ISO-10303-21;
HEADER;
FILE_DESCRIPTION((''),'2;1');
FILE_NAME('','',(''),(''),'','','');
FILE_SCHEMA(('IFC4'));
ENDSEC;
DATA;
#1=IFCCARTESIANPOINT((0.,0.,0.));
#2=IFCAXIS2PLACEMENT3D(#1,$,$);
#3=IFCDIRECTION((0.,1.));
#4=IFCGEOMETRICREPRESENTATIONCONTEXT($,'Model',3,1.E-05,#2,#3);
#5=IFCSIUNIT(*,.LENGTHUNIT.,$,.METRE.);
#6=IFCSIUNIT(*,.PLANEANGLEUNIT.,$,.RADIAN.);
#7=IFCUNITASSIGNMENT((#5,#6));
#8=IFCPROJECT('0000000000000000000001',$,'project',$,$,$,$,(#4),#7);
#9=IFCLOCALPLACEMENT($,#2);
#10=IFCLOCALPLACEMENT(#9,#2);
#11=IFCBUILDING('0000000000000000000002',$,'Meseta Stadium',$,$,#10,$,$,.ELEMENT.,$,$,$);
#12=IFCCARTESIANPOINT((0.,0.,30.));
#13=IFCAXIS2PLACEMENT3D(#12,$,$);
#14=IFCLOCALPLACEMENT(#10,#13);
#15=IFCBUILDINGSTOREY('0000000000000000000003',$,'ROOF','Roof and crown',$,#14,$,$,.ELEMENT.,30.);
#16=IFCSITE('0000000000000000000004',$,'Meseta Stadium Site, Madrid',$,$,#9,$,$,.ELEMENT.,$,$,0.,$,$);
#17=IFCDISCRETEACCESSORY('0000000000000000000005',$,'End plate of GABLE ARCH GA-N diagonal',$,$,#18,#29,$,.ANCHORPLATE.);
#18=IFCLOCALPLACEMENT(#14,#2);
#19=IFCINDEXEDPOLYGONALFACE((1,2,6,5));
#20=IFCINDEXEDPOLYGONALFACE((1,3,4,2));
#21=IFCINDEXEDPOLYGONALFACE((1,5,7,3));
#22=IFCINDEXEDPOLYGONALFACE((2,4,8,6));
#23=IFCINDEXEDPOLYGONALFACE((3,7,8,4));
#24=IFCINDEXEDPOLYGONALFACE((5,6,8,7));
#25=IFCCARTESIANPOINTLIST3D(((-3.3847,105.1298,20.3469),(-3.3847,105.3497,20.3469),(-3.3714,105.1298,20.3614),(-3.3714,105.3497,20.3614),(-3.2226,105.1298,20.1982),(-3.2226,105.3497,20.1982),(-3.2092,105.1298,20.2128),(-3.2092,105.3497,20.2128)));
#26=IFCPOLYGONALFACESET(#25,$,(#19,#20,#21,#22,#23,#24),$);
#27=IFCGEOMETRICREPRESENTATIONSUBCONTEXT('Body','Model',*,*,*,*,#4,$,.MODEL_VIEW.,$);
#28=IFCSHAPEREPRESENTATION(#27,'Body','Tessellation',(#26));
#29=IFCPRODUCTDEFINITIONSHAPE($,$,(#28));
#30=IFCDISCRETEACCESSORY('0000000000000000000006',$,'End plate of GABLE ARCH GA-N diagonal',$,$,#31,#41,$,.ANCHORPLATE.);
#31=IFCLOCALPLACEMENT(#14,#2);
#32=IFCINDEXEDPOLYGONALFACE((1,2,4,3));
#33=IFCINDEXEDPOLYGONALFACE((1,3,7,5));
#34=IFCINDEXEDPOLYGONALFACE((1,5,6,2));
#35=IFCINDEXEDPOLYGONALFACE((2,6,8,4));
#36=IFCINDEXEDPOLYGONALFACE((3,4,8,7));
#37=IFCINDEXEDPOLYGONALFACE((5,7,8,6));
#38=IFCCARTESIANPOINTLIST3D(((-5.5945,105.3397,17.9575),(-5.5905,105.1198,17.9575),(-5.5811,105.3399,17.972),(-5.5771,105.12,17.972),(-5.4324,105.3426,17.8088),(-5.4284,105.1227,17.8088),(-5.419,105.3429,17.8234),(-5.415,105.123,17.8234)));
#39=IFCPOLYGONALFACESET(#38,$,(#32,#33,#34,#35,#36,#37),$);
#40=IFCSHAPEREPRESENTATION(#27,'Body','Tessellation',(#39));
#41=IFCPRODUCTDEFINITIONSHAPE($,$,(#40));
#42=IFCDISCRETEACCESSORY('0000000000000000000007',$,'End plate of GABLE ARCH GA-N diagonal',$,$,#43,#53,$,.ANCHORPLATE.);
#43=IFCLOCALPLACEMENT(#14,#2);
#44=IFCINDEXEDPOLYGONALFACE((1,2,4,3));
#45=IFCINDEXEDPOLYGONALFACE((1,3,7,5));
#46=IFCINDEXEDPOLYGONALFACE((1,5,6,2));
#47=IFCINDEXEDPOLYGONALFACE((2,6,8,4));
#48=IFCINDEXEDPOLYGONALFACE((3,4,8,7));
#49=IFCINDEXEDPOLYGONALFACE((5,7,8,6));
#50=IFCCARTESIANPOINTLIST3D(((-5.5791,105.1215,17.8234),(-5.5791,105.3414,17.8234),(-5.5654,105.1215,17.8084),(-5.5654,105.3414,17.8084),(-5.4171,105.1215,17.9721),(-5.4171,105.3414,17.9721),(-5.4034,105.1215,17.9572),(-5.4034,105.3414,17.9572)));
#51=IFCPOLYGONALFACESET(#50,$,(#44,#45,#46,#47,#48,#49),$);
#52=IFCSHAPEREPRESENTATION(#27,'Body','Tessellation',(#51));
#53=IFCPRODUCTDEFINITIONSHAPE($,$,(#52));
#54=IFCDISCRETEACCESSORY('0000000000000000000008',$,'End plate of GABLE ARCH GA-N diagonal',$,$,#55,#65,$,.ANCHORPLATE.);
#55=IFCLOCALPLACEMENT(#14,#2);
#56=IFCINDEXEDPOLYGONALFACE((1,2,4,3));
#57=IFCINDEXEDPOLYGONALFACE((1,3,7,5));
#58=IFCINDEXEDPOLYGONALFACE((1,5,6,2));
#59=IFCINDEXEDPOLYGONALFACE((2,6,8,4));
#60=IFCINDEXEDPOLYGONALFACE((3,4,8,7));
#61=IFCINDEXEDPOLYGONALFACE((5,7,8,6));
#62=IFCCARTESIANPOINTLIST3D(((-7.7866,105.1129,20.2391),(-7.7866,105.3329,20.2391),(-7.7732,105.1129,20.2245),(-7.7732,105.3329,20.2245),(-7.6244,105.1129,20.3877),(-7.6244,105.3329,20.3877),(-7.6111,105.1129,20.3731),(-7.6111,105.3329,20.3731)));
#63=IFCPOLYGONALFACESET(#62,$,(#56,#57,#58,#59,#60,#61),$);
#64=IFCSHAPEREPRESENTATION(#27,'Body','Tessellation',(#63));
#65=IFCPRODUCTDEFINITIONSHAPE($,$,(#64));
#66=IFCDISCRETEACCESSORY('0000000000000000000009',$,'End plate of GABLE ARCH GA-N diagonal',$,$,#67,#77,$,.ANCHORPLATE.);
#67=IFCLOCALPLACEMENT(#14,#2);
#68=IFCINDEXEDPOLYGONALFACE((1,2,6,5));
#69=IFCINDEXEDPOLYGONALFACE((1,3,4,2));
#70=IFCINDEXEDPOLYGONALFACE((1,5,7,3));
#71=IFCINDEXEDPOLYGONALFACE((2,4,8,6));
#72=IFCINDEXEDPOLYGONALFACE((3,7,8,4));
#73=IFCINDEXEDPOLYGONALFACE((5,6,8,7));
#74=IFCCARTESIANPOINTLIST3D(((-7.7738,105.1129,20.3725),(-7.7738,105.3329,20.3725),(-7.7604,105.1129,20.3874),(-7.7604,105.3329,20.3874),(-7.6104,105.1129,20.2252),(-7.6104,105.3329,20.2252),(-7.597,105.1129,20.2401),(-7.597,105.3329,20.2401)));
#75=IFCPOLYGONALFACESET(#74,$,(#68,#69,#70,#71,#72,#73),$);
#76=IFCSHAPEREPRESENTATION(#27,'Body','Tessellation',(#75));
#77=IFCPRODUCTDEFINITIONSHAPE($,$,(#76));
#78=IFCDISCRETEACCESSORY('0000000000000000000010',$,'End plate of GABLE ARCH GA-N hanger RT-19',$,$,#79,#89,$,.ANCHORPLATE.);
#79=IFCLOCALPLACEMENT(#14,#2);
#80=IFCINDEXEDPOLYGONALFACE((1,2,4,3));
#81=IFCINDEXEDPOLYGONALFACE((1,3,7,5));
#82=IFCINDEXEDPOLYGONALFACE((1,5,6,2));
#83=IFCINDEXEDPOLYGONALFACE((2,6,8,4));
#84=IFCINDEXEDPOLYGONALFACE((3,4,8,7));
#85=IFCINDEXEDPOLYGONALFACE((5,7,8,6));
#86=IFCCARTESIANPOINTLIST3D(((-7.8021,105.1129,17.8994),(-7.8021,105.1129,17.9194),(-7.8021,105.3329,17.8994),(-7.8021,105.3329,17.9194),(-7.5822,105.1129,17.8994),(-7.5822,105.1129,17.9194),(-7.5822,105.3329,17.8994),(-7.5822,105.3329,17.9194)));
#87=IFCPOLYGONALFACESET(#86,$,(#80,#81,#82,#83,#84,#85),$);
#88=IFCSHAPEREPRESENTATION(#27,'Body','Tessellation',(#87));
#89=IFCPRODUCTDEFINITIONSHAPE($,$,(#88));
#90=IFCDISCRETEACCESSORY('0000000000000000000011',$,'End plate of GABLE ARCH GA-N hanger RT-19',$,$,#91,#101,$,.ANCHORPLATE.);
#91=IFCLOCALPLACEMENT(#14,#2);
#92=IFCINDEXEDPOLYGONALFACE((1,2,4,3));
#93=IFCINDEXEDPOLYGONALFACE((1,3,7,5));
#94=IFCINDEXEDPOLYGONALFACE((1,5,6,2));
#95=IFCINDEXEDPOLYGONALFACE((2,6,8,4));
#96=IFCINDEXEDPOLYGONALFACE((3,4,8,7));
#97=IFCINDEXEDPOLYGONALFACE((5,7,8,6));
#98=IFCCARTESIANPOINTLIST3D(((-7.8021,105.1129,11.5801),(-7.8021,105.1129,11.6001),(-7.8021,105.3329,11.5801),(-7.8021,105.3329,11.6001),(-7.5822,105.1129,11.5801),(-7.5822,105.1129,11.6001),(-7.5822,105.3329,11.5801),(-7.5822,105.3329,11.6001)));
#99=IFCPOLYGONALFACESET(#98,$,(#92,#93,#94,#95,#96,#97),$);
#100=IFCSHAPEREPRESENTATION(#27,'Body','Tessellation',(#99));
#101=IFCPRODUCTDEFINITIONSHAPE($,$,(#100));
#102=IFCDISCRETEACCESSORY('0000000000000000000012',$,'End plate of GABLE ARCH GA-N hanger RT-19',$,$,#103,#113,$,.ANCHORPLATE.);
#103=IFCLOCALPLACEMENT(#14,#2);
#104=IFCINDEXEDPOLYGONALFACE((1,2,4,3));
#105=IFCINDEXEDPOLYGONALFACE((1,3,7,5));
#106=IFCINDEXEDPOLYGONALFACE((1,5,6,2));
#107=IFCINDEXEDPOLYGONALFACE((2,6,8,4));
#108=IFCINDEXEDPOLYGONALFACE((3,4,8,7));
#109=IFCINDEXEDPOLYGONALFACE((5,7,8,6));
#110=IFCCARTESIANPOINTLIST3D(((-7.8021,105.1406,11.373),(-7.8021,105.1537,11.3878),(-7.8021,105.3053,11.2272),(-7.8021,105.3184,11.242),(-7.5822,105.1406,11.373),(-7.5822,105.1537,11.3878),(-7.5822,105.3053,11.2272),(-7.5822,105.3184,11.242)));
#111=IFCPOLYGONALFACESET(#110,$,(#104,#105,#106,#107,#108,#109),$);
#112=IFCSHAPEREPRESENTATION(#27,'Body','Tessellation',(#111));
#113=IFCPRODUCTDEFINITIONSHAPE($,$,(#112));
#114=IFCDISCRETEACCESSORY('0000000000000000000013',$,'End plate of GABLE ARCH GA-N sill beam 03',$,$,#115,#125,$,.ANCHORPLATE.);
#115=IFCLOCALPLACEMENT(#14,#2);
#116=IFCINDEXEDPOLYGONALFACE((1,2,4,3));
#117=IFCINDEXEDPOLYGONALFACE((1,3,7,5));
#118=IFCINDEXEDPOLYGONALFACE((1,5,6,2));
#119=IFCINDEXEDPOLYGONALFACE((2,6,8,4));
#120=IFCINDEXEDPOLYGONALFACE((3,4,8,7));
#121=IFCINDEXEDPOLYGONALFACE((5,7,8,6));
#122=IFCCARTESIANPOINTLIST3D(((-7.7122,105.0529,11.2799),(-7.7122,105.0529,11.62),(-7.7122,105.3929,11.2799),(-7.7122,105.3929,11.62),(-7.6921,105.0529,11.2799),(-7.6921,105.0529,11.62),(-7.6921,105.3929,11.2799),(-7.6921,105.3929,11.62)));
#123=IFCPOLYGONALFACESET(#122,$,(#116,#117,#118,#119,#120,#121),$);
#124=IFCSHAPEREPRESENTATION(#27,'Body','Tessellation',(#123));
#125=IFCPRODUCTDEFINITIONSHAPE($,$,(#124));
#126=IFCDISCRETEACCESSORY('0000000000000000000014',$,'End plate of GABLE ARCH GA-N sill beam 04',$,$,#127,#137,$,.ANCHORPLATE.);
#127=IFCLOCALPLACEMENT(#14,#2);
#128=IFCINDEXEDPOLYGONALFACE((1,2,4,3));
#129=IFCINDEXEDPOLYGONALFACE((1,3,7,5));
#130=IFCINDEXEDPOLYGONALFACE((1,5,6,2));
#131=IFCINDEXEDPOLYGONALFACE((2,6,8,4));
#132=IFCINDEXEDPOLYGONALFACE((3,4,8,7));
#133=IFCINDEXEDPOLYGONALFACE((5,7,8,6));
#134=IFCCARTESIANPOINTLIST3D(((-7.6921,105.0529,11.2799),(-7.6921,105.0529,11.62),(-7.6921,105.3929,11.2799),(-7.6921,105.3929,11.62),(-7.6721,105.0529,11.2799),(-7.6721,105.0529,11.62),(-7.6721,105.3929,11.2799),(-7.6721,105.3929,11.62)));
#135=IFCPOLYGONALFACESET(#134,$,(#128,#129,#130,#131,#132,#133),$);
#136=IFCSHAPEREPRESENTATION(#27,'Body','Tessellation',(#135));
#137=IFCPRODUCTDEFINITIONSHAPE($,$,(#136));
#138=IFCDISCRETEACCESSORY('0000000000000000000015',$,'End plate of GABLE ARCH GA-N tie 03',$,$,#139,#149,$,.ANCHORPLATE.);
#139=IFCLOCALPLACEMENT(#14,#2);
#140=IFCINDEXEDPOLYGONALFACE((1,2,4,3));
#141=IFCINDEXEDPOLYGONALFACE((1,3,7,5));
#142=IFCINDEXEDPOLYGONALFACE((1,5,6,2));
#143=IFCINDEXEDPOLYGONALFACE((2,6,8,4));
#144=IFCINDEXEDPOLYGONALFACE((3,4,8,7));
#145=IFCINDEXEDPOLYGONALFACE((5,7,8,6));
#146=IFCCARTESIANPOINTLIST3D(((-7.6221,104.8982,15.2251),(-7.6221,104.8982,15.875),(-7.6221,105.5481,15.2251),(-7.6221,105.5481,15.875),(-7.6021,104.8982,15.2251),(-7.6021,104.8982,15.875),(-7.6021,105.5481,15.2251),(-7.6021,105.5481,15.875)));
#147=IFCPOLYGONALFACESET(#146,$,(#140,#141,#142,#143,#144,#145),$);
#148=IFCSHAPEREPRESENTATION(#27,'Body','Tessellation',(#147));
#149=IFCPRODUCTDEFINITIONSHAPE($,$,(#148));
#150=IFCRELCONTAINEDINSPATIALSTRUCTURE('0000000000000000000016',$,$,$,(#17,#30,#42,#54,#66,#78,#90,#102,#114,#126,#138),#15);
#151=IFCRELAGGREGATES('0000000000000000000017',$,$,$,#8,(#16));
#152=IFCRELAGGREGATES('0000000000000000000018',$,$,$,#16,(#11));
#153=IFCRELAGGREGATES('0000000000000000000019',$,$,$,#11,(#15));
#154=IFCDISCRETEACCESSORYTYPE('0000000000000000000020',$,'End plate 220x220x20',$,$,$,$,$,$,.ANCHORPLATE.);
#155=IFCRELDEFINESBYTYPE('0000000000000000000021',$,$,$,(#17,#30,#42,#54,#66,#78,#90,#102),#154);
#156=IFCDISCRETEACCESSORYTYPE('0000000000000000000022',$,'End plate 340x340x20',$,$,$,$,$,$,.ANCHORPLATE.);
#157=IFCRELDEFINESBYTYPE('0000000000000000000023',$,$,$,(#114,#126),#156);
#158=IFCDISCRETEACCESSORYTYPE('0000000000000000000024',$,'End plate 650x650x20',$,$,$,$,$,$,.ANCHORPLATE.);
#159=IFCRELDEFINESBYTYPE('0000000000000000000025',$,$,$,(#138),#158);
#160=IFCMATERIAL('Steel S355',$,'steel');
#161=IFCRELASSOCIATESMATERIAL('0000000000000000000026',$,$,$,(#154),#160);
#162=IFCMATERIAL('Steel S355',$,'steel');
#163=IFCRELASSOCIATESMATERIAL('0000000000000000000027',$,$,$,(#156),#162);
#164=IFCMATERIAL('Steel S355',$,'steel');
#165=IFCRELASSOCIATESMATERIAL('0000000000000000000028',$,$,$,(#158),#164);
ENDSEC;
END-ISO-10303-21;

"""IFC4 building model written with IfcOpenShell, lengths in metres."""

from ifc_helpers import new_model, si_unit, direction, frame, origin, origin_2d, place, context, subcontext, project, spatial, rectangle, extrude, material, material_profile, profile_set, type_object, element, save


model = new_model("IFC4")

# Units and contexts
model_context = context("Model", 3, precision=1e-05, world=origin(), true_north=direction((0.0, 1.0)))
body_context = subcontext(model_context, "Body", "Model", "MODEL_VIEW")
ifc_project = project(units=[si_unit("LENGTHUNIT", "METRE"), si_unit("PLANEANGLEUNIT", "RADIAN")], contexts=[model_context])

# Site, building, storey
site_placement = place(None, origin())
site = spatial("IfcSite", under=ifc_project, at=site_placement, Name="Meseta Stadium Site, Madrid", CompositionType="ELEMENT", RefElevation=0.0)
building_placement = place(site_placement, origin())
building = spatial("IfcBuilding", under=site, at=building_placement, Name="Meseta Stadium", CompositionType="ELEMENT")
storey_placement = place(building_placement, frame((0.0, 0.0, 30.0)))
storey = spatial("IfcBuildingStorey", under=building, at=storey_placement, Name="ROOF", Description="Roof and crown", CompositionType="ELEMENT", Elevation=30.0)

# Discrete accessories
ifc_material_1 = material(Name="Steel S355", Category="steel")
ifc_material_profile_1 = material_profile(ifc_material_1, rectangle(XDim=0.22, YDim=0.22, at=origin_2d()), Name="PL 220x220")
ifc_profile_set_1 = profile_set([ifc_material_profile_1], Name="Steel S355")
discrete_accessory_type_1 = type_object("IfcDiscreteAccessoryType", Name="End plate 220x220x20", PredefinedType="ANCHORPLATE", material=ifc_profile_set_1)
for number, where, z_axis, x_axis, name in (
    (1, (-3.2903, 105.2397, 20.2871), (-0.675725, 0.0, -0.737154), (0.0, -1.0, 0.0), "End plate of GABLE ARCH GA-N diagonal"),
    (2, (-5.498, 105.2314, 17.8977), (-0.675674, -0.012285, -0.737099), (0.018179, -0.999835, 0.0), "End plate of GABLE ARCH GA-N diagonal"),
):
    element("IfcDiscreteAccessory", number, at=place(storey_placement, frame(where, z_axis=z_axis, x_axis=x_axis)), inside=storey, type_object=discrete_accessory_type_1, Name=name, PredefinedType="ANCHORPLATE", context=body_context, shape_type="SweptSolid", body=[
        extrude(rectangle(XDim=0.22, YDim=0.22, at=origin_2d()), origin(), (0.0, 0.0, 1.0), 0.0198),
    ])
discrete_accessory_1_placement = place(storey_placement, frame((-5.4844, 105.2314, 17.8828), z_axis=(-0.676271, 0.0, 0.736653), x_axis=(0.0, -1.0, 0.0)))
element("IfcDiscreteAccessory", 3, at=discrete_accessory_1_placement, inside=storey, type_object=discrete_accessory_type_1, Name="End plate of GABLE ARCH GA-N diagonal", PredefinedType="ANCHORPLATE", context=body_context, shape_type="SweptSolid", body=[
    extrude(rectangle(XDim=0.22, YDim=0.22, at=origin_2d()), origin(), (0.0, 0.0, 1.0), 0.0203),
])
discrete_accessory_2_placement = place(storey_placement, frame((-7.6921, 105.2229, 20.2988), z_axis=(-0.675725, 0.0, 0.737154), x_axis=(0.0, -1.0, 0.0)))
element("IfcDiscreteAccessory", 4, at=discrete_accessory_2_placement, inside=storey, type_object=discrete_accessory_type_1, Name="End plate of GABLE ARCH GA-N diagonal", PredefinedType="ANCHORPLATE", context=body_context, shape_type="SweptSolid", body=[
    extrude(rectangle(XDim=0.22, YDim=0.22, at=origin_2d()), origin(), (0.0, 0.0, 1.0), 0.0198),
])
for number, where, z_axis, x_axis, name in (
    (5, (-7.6787, 105.2229, 20.3137), (-0.669637, 0.0, -0.742688), (0.0, -1.0, 0.0), "End plate of GABLE ARCH GA-N diagonal"),
    (6, (-7.6921, 105.2229, 17.9194), (0.0, 0.0, -1.0), (1.0, 0.0, 0.0), "End plate of GABLE ARCH GA-N hanger RT-19"),
    (7, (-7.6921, 105.2229, 11.6001), (0.0, 0.0, -1.0), (1.0, 0.0, 0.0), "End plate of GABLE ARCH GA-N hanger RT-19"),
):
    element("IfcDiscreteAccessory", number, at=place(storey_placement, frame(where, z_axis=z_axis, x_axis=x_axis)), inside=storey, type_object=discrete_accessory_type_1, Name=name, PredefinedType="ANCHORPLATE", context=body_context, shape_type="SweptSolid", body=[
        extrude(rectangle(XDim=0.22, YDim=0.22, at=origin_2d()), origin(), (0.0, 0.0, 1.0), 0.02),
    ])
discrete_accessory_3_placement = place(storey_placement, frame((-7.6921, 105.2361, 11.3149), z_axis=(0.0, -0.662839, -0.748762), x_axis=(1.0, 0.0, 0.0)))
element("IfcDiscreteAccessory", 8, at=discrete_accessory_3_placement, inside=storey, type_object=discrete_accessory_type_1, Name="End plate of GABLE ARCH GA-N hanger RT-19", PredefinedType="ANCHORPLATE", context=body_context, shape_type="SweptSolid", body=[
    extrude(rectangle(XDim=0.22, YDim=0.22, at=origin_2d()), origin(), (0.0, 0.0, 1.0), 0.0198),
])
ifc_material_2 = material(Name="Steel S355", Category="steel")
ifc_material_profile_2 = material_profile(ifc_material_2, rectangle(XDim=0.3401, YDim=0.3401, at=origin_2d()), Name="PL 340x340")
ifc_profile_set_2 = profile_set([ifc_material_profile_2], Name="Steel S355")
discrete_accessory_type_2 = type_object("IfcDiscreteAccessoryType", Name="End plate 340x340x20", PredefinedType="ANCHORPLATE", material=ifc_profile_set_2)
for number, where, z_axis, x_axis, name in (
    (9, (-7.6921, 105.2229, 11.45), (-1.0, 0.0, 0.0), (0.0, -1.0, 0.0), "End plate of GABLE ARCH GA-N sill beam 03"),
    (10, (-7.6721, 105.2229, 11.45), (-1.0, 0.0, 0.0), (0.0, -1.0, 0.0), "End plate of GABLE ARCH GA-N sill beam 04"),
):
    element("IfcDiscreteAccessory", number, at=place(storey_placement, frame(where, z_axis=z_axis, x_axis=x_axis)), inside=storey, type_object=discrete_accessory_type_2, Name=name, PredefinedType="ANCHORPLATE", context=body_context, shape_type="SweptSolid", body=[
        extrude(rectangle(XDim=0.3401, YDim=0.3401, at=origin_2d()), origin(), (0.0, 0.0, 1.0), 0.02),
    ])
ifc_material_3 = material(Name="Steel S355", Category="steel")
ifc_material_profile_3 = material_profile(ifc_material_3, rectangle(XDim=0.6499, YDim=0.6499, at=origin_2d()), Name="PL 650x650")
ifc_profile_set_3 = profile_set([ifc_material_profile_3], Name="Steel S355")
discrete_accessory_type_3 = type_object("IfcDiscreteAccessoryType", Name="End plate 650x650x20", PredefinedType="ANCHORPLATE", material=ifc_profile_set_3)
discrete_accessory_4_placement = place(storey_placement, frame((-7.6021, 105.2231, 15.55), z_axis=(-1.0, 0.0, 0.0), x_axis=(0.0, -1.0, 0.0)))
element("IfcDiscreteAccessory", 11, at=discrete_accessory_4_placement, inside=storey, type_object=discrete_accessory_type_3, Name="End plate of GABLE ARCH GA-N tie 03", PredefinedType="ANCHORPLATE", context=body_context, shape_type="SweptSolid", body=[
    extrude(rectangle(XDim=0.6499, YDim=0.6499, at=origin_2d()), origin(), (0.0, 0.0, 1.0), 0.02),
])

save(model, "model.ifc")
